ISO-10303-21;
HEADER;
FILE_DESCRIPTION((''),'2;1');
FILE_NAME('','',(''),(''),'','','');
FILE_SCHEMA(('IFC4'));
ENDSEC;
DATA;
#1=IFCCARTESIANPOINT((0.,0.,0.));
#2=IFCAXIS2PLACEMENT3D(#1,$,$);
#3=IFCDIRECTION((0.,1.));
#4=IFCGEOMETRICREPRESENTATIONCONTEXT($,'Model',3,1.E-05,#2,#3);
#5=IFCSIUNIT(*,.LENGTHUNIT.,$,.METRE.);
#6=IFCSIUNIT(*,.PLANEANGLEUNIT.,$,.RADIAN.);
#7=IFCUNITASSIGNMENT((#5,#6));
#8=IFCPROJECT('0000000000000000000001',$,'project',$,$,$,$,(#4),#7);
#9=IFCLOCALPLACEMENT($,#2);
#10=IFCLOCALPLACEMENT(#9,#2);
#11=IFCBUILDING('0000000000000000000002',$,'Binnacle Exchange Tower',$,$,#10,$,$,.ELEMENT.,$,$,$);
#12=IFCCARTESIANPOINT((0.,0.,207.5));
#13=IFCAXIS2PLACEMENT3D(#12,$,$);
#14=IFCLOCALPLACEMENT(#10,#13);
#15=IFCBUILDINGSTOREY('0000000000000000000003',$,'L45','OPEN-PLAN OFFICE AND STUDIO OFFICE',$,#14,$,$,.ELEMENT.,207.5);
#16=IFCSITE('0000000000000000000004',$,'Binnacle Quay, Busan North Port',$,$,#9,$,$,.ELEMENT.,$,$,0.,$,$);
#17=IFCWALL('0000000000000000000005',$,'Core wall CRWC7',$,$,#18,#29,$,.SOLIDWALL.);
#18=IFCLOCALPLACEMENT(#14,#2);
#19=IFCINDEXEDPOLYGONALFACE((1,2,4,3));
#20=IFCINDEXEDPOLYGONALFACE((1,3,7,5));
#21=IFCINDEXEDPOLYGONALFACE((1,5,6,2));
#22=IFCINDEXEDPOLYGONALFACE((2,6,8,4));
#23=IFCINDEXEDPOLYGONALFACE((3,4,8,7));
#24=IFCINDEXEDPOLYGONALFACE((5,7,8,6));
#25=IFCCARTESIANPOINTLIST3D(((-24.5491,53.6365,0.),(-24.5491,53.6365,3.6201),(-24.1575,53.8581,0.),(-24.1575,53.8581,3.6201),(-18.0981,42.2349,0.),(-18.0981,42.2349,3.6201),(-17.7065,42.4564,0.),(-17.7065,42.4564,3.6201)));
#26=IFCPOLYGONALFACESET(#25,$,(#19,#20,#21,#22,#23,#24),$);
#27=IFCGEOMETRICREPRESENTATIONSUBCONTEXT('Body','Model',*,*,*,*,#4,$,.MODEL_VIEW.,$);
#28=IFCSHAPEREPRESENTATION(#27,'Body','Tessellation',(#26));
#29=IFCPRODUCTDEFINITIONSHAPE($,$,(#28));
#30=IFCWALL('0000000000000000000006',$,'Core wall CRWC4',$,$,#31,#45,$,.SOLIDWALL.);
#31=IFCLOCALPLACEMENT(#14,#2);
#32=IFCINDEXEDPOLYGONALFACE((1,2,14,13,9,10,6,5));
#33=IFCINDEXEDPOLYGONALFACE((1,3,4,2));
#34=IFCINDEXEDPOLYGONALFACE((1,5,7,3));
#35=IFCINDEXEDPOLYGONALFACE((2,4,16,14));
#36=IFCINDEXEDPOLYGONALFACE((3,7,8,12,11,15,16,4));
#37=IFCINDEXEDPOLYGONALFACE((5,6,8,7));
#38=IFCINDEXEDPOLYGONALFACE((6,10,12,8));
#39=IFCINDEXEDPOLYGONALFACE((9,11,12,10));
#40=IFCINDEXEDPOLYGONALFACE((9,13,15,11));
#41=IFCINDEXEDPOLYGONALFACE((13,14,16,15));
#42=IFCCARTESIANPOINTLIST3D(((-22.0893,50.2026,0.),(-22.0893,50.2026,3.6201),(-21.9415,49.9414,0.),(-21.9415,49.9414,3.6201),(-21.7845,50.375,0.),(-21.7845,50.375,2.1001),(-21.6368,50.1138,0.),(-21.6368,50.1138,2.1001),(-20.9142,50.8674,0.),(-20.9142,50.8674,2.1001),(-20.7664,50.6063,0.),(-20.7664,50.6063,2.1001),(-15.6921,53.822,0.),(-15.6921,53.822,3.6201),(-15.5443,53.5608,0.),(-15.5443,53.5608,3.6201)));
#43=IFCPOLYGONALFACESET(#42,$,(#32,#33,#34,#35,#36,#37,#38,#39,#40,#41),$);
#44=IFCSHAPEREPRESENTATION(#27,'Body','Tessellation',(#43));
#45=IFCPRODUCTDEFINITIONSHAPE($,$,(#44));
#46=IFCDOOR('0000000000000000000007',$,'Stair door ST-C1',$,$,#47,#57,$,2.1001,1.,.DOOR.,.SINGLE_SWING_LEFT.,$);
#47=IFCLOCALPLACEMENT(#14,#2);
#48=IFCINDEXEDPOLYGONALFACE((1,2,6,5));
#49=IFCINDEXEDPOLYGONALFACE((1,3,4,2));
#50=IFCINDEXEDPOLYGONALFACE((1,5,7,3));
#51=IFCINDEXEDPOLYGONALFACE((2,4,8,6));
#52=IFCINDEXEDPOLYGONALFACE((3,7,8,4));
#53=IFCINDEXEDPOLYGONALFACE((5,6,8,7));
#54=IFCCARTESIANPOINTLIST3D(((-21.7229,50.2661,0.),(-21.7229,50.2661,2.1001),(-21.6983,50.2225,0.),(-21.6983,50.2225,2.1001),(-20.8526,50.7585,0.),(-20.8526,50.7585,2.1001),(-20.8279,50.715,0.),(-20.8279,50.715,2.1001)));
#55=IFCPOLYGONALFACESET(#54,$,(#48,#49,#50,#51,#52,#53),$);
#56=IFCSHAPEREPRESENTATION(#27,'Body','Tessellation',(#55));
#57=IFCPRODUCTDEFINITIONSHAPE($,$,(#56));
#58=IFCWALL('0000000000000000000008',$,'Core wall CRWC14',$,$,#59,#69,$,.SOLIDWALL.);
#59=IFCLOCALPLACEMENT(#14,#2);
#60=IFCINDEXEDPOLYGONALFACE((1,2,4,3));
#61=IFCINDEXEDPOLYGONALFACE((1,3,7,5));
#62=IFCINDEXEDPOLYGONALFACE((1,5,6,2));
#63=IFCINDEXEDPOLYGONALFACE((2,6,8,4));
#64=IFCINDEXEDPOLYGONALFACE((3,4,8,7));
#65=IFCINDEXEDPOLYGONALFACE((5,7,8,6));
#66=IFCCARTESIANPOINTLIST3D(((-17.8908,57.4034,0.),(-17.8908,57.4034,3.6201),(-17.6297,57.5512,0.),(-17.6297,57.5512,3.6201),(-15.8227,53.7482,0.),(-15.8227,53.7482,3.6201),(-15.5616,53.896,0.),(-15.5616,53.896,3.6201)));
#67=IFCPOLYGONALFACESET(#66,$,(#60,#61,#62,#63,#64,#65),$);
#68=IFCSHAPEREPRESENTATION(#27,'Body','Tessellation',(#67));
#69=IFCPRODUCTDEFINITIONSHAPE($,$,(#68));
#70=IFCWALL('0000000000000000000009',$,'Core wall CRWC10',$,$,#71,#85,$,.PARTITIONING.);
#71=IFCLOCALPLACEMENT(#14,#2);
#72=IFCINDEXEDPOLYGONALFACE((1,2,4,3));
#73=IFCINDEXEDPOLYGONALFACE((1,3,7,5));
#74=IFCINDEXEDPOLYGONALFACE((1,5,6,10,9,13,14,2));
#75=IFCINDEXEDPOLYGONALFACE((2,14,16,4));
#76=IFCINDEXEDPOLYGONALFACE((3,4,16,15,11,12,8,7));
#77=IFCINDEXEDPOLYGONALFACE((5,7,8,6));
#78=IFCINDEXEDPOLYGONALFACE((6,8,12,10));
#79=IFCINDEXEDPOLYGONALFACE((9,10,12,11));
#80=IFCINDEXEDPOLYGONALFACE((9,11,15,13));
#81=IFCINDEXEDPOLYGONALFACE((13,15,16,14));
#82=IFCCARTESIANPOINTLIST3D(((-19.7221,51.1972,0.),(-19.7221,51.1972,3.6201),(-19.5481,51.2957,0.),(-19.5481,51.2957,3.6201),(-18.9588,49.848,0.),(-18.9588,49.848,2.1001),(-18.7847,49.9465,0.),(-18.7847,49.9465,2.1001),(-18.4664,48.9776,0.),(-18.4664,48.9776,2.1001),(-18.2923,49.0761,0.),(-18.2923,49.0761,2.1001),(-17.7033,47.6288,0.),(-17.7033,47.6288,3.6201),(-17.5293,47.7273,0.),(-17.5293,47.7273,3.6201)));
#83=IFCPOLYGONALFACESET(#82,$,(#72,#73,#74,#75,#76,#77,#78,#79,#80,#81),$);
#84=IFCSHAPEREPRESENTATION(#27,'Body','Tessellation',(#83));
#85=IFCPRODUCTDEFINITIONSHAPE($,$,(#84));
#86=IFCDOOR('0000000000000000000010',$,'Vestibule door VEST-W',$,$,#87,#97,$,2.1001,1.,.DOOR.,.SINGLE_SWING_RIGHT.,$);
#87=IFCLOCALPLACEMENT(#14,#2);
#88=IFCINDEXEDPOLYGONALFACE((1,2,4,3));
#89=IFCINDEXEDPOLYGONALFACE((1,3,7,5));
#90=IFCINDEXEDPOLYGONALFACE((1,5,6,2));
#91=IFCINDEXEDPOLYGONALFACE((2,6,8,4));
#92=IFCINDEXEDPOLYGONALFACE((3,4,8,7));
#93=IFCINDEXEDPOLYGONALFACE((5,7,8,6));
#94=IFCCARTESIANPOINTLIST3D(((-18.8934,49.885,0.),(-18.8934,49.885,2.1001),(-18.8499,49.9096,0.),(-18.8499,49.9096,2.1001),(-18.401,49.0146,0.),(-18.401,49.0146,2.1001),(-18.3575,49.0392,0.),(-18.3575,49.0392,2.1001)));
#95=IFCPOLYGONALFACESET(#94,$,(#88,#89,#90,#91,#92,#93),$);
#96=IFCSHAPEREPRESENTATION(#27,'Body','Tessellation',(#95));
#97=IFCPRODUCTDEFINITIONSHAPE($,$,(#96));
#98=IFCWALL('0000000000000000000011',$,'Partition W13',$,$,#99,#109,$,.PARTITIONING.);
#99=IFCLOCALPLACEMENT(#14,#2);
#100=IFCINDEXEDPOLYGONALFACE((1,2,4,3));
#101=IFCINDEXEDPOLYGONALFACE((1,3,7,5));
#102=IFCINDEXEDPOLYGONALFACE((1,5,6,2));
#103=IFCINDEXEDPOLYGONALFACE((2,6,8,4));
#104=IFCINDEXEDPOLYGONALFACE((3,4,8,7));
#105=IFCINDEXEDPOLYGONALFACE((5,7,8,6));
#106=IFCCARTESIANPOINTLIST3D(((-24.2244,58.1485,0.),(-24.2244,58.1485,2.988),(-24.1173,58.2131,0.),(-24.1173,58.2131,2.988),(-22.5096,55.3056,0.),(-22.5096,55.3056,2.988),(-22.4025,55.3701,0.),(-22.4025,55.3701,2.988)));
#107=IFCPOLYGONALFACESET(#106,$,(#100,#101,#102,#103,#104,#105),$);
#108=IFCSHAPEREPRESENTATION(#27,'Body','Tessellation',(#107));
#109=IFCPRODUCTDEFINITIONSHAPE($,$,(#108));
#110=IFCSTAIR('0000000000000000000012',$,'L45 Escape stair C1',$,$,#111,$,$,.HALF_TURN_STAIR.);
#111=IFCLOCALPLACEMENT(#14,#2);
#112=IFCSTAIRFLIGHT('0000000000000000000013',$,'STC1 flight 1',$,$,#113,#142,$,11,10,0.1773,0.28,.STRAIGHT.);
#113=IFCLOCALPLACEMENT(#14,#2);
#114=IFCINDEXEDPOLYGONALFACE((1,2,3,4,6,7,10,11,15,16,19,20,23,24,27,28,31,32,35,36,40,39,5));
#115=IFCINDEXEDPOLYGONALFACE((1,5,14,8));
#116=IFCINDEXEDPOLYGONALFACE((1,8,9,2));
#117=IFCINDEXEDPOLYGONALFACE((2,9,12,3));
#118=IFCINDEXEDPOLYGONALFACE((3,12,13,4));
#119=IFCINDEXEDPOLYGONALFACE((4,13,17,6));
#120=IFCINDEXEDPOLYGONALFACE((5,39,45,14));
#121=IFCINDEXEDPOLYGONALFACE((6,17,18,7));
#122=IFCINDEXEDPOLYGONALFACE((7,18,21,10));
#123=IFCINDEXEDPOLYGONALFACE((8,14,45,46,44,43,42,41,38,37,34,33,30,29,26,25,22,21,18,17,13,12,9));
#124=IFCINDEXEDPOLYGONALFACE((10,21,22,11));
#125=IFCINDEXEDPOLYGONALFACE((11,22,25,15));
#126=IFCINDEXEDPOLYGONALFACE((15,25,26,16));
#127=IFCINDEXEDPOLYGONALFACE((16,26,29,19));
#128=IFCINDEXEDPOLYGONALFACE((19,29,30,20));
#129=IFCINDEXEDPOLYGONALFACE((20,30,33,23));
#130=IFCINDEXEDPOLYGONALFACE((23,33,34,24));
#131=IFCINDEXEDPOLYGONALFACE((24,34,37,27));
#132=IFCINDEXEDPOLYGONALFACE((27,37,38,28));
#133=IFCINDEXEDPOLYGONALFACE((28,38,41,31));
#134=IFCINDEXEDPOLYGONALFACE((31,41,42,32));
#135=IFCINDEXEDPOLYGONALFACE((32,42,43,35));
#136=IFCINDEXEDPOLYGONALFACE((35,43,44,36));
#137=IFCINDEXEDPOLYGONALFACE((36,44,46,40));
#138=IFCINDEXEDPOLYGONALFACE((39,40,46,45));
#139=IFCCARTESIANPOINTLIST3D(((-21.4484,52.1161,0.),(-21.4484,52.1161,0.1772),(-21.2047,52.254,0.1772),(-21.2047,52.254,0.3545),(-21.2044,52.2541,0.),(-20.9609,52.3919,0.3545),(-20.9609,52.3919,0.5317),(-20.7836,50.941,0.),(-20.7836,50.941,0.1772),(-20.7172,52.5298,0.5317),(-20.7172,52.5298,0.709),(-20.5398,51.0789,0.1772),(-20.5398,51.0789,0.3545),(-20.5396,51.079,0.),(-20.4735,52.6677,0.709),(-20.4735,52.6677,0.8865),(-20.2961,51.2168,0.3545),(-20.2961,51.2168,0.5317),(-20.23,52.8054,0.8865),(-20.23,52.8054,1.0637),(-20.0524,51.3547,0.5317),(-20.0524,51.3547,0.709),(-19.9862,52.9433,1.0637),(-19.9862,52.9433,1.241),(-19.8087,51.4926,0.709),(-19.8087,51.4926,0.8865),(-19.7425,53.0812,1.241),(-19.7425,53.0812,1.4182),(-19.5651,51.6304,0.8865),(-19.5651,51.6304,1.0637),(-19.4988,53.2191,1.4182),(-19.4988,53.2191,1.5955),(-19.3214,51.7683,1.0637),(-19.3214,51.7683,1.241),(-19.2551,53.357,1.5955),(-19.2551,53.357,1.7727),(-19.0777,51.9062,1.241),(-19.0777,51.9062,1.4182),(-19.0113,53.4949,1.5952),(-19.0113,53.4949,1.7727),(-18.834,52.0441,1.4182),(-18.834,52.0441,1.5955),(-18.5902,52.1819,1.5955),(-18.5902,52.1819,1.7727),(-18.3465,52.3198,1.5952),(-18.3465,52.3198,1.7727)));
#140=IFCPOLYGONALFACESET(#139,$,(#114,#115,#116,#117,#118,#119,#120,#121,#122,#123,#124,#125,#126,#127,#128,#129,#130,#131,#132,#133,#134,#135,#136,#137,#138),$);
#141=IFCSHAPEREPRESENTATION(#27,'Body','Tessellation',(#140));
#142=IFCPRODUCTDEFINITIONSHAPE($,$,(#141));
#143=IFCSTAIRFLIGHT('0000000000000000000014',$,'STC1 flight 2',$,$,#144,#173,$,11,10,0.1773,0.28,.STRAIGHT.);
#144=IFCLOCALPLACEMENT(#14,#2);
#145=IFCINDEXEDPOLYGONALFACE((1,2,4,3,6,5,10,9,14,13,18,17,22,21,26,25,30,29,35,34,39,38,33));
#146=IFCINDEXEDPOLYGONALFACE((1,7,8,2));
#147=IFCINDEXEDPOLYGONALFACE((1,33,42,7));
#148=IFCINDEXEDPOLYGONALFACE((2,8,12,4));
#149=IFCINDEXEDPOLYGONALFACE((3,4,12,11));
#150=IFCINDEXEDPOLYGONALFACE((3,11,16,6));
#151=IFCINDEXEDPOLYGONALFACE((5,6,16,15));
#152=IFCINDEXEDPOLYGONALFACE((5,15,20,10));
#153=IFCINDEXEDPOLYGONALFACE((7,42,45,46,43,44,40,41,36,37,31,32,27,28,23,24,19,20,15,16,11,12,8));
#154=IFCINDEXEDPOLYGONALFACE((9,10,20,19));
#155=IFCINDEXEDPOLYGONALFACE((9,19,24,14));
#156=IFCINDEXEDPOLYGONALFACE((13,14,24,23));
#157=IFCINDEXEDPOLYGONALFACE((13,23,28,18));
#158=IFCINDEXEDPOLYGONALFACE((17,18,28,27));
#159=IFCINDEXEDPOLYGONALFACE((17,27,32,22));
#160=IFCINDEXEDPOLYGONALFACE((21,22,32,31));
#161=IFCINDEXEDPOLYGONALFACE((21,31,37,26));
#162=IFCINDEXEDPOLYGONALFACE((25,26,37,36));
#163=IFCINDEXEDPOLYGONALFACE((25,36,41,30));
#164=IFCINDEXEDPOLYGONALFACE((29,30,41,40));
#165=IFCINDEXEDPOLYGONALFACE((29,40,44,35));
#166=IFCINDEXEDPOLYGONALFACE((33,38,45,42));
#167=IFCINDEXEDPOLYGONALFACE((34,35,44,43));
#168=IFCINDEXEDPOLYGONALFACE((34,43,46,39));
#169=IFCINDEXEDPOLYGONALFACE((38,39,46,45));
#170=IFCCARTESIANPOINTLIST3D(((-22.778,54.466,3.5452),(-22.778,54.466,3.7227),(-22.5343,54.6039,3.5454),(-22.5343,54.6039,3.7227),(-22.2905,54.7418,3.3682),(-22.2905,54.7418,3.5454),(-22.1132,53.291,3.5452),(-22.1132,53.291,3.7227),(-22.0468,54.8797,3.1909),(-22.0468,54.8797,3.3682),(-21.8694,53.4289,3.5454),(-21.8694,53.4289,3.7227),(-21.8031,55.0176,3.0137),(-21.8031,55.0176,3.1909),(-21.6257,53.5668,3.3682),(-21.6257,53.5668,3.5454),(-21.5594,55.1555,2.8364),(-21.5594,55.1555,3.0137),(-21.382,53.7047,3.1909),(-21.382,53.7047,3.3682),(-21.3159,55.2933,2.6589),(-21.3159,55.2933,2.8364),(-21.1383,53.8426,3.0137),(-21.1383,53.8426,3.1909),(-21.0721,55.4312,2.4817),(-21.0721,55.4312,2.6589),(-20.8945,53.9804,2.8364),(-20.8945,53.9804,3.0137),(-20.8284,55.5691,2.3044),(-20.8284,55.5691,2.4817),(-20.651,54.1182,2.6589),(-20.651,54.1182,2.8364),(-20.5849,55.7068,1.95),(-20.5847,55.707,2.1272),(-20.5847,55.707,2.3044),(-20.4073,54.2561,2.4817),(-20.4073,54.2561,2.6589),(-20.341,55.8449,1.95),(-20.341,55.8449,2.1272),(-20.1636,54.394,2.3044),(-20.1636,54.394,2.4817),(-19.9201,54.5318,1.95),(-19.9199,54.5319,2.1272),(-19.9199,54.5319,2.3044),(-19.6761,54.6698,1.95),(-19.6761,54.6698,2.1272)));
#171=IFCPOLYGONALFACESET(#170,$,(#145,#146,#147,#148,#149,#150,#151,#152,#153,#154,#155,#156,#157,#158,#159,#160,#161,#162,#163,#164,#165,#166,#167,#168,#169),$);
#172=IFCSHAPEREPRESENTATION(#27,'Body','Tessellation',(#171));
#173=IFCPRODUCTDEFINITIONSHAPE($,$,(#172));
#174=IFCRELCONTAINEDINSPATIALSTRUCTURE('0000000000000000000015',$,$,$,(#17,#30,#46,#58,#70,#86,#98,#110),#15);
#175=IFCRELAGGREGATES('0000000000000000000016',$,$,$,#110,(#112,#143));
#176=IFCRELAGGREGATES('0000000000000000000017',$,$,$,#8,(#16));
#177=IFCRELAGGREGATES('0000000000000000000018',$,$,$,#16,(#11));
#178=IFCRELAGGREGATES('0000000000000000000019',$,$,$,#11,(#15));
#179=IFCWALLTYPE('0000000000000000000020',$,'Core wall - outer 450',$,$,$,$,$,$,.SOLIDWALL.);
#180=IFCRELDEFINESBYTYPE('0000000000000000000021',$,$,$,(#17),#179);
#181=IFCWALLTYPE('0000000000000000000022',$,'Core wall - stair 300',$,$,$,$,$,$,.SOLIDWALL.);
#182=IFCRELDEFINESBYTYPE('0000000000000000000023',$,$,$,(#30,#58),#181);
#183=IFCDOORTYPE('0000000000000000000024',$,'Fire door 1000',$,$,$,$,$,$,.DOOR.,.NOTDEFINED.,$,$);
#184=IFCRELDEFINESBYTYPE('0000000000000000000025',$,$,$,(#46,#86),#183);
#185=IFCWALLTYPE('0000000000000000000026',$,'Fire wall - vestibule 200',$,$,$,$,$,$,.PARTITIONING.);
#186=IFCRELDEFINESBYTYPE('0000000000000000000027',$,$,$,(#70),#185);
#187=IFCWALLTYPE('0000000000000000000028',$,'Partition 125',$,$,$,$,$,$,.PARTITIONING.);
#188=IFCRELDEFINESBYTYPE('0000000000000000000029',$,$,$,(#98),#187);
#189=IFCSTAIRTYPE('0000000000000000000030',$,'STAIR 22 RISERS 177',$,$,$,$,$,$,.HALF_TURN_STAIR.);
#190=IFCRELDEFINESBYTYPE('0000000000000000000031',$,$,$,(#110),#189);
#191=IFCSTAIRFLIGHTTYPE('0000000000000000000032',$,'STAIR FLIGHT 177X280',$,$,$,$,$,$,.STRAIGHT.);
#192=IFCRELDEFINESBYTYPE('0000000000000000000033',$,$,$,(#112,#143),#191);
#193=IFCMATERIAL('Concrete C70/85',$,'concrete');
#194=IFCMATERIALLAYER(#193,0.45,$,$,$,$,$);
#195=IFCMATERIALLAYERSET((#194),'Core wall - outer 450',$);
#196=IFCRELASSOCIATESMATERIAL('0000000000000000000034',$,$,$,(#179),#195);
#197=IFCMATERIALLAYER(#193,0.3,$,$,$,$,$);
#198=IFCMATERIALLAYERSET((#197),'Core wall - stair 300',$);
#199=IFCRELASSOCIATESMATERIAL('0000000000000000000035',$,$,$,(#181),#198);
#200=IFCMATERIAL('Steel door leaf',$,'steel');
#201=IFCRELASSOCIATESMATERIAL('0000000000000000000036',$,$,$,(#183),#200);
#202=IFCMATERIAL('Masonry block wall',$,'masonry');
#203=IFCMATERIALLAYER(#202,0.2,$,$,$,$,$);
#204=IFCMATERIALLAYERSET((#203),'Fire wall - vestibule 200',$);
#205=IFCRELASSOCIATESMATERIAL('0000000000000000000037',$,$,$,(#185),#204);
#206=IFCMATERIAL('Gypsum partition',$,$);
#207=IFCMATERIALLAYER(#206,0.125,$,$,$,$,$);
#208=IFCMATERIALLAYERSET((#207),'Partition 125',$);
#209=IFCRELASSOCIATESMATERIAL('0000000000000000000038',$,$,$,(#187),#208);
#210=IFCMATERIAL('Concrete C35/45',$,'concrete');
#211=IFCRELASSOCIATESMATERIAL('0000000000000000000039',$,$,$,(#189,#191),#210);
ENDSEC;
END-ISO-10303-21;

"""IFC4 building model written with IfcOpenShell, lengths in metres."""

from ifc_helpers import new_model, si_unit, direction, frame, frame_2d, origin, place, context, subcontext, project, spatial, polyline, rectangle, outline, extrude, material, layer, layer_set, type_object, element, fill, aggregate, save


model = new_model("IFC4")

# Units and contexts
model_context = context("Model", 3, precision=1e-05, world=origin(), true_north=direction((0.0, 1.0)))
body_context = subcontext(model_context, "Body", "Model", "MODEL_VIEW")
ifc_project = project(units=[si_unit("LENGTHUNIT", "METRE"), si_unit("PLANEANGLEUNIT", "RADIAN")], contexts=[model_context])

# Site, building, storey
site_placement = place(None, origin())
site = spatial("IfcSite", under=ifc_project, at=site_placement, Name="Binnacle Quay, Busan North Port", CompositionType="ELEMENT", RefElevation=0.0)
building_placement = place(site_placement, origin())
building = spatial("IfcBuilding", under=site, at=building_placement, Name="Binnacle Exchange Tower", CompositionType="ELEMENT")
storey_placement = place(building_placement, frame((0.0, 0.0, 207.5)))
storey = spatial("IfcBuildingStorey", under=building, at=storey_placement, Name="L45", Description="OPEN-PLAN OFFICE AND STUDIO OFFICE", CompositionType="ELEMENT", Elevation=207.5)

# Wall
ifc_material_1 = material(Name="Concrete C70/85", Category="concrete")
ifc_layer_1 = layer(ifc_material_1, 0.45)
ifc_layer_set_1 = layer_set([ifc_layer_1], Name="Core wall - outer 450")
wall_type_1 = type_object("IfcWallType", Name="Core wall - outer 450", PredefinedType="SOLIDWALL", material=ifc_layer_set_1)
wall_1_placement = place(storey_placement, frame((-24.3533, 53.7473, 0.0), z_axis=(0.0, 0.0, 1.0), x_axis=(0.492435, -0.870349, 0.0)))
element("IfcWall", 1, at=wall_1_placement, inside=storey, type_object=wall_type_1, Name="Core wall CRWC7", PredefinedType="SOLIDWALL", context=body_context, shape_type="SweptSolid", body=[
    extrude(rectangle(XDim=13.1001, YDim=0.45, at=frame_2d((6.55, 0.0))), origin(), (0.0, 0.0, 1.0), 3.6201),
])

# Wall, opening, door
ifc_layer_2 = layer(ifc_material_1, 0.3)
ifc_layer_set_2 = layer_set([ifc_layer_2], Name="Core wall - stair 300")
wall_type_2 = type_object("IfcWallType", Name="Core wall - stair 300", PredefinedType="SOLIDWALL", material=ifc_layer_set_2)
wall_2_placement = place(storey_placement, frame((-22.0154, 50.072, 0.0), z_axis=(0.0, 0.0, 1.0), x_axis=(0.870355, 0.492425, 0.0)))
wall_2 = element("IfcWall", 2, at=wall_2_placement, inside=storey, type_object=wall_type_2, Name="Core wall CRWC4", PredefinedType="SOLIDWALL", context=body_context, shape_type="SweptSolid", body=[
    extrude(rectangle(XDim=7.3501, YDim=0.3, at=frame_2d((3.675, 0.0))), origin(), (0.0, 0.0, 1.0), 3.6201),
])
opening_1_placement = place(wall_2_placement, frame((0.3501, 0.0, 0.0)))
opening_1 = element("IfcOpeningElement", 3, at=opening_1_placement, cuts=wall_2, PredefinedType="OPENING", context=body_context, shape_type="SweptSolid", body=[
    extrude(rectangle(XDim=1.0, YDim=2.1001, at=frame_2d((0.5, 1.05))), frame((0.0, 0.1599, 0.0), z_axis=(0.0, -1.0, 0.0), x_axis=(1.0, 0.0, 0.0)), (0.0, 0.0, 1.0), 0.3201),
])
ifc_material_2 = material(Name="Steel door leaf", Category="steel")
door_type = type_object("IfcDoorType", Name="Fire door 1000", OperationType="NOTDEFINED", PredefinedType="DOOR", material=ifc_material_2)
door_1_placement = place(opening_1_placement, origin())
door_1 = element("IfcDoor", 4, at=door_1_placement, inside=storey, type_object=door_type, Name="Stair door ST-C1", OperationType="SINGLE_SWING_LEFT", OverallHeight=2.1001, OverallWidth=1.0, PredefinedType="DOOR", context=body_context, shape_type="SweptSolid", body=[
    extrude(rectangle(XDim=1.0, YDim=2.1001, at=frame_2d((0.5, 1.05))), frame((0.0, 0.0249, 0.0), z_axis=(0.0, -1.0, 0.0), x_axis=(1.0, 0.0, 0.0)), (0.0, 0.0, 1.0), 0.05),
])
fill(opening_1, door_1)

# Wall
wall_3_placement = place(storey_placement, frame((-17.7603, 57.4773, 0.0), z_axis=(0.0, 0.0, 1.0), x_axis=(0.492435, -0.870349, 0.0)))
element("IfcWall", 5, at=wall_3_placement, inside=storey, type_object=wall_type_2, Name="Core wall CRWC14", PredefinedType="SOLIDWALL", context=body_context, shape_type="SweptSolid", body=[
    extrude(rectangle(XDim=4.1997, YDim=0.3, at=frame_2d((2.0999, 0.0))), origin(), (0.0, 0.0, 1.0), 3.6201),
])

# Wall, opening, door
ifc_material_3 = material(Name="Masonry block wall", Category="masonry")
ifc_layer_3 = layer(ifc_material_3, 0.2)
ifc_layer_set_3 = layer_set([ifc_layer_3], Name="Fire wall - vestibule 200")
wall_type_3 = type_object("IfcWallType", Name="Fire wall - vestibule 200", PredefinedType="PARTITIONING", material=ifc_layer_set_3)
wall_4_placement = place(storey_placement, frame((-19.635, 51.2463, 0.0), z_axis=(0.0, 0.0, 1.0), x_axis=(0.492408, -0.870364, 0.0)))
wall_4 = element("IfcWall", 6, at=wall_4_placement, inside=storey, type_object=wall_type_3, Name="Core wall CRWC10", PredefinedType="PARTITIONING", context=body_context, shape_type="SweptSolid", body=[
    extrude(rectangle(XDim=4.0999, YDim=0.2, at=frame_2d((2.0498, 0.0))), origin(), (0.0, 0.0, 1.0), 3.6201),
])
opening_2_placement = place(wall_4_placement, frame((1.55, 0.0, 0.0)))
opening_2 = element("IfcOpeningElement", 7, at=opening_2_placement, cuts=wall_4, PredefinedType="OPENING", context=body_context, shape_type="SweptSolid", body=[
    extrude(rectangle(XDim=1.0, YDim=2.1001, at=frame_2d((0.5, 1.05))), frame((0.0, 0.1099, 0.0), z_axis=(0.0, -1.0, 0.0), x_axis=(1.0, 0.0, 0.0)), (0.0, 0.0, 1.0), 0.22),
])
door_2_placement = place(opening_2_placement, frame((1.0, 0.0, 0.0), z_axis=(0.0, 0.0, 1.0), x_axis=(-1.0, 0.0, 0.0)))
door_2 = element("IfcDoor", 8, at=door_2_placement, inside=storey, type_object=door_type, Name="Vestibule door VEST-W", OperationType="SINGLE_SWING_RIGHT", OverallHeight=2.1001, OverallWidth=1.0, PredefinedType="DOOR", context=body_context, shape_type="SweptSolid", body=[
    extrude(rectangle(XDim=1.0, YDim=2.1001, at=frame_2d((0.5, 1.05))), frame((0.0, 0.0249, 0.0), z_axis=(0.0, -1.0, 0.0), x_axis=(1.0, 0.0, 0.0)), (0.0, 0.0, 1.0), 0.05),
])
fill(opening_2, door_2)

# Wall
ifc_material_4 = material(Name="Gypsum partition")
ifc_layer_4 = layer(ifc_material_4, 0.125)
ifc_layer_set_4 = layer_set([ifc_layer_4], Name="Partition 125")
wall_type_4 = type_object("IfcWallType", Name="Partition 125", PredefinedType="PARTITIONING", material=ifc_layer_set_4)
wall_5_placement = place(storey_placement, frame((-24.1709, 58.1809, 0.0), z_axis=(0.0, 0.0, 1.0), x_axis=(0.516495, -0.85629, 0.0)))
element("IfcWall", 9, at=wall_5_placement, inside=storey, type_object=wall_type_4, Name="Partition W13", PredefinedType="PARTITIONING", context=body_context, shape_type="SweptSolid", body=[
    extrude(rectangle(XDim=3.3201, YDim=0.125, at=frame_2d((1.6602, 0.0))), origin(), (0.0, 0.0, 1.0), 2.988),
])

# Stair, stair flights
ifc_material_5 = material(Name="Concrete C35/45", Category="concrete")
stair_type = type_object("IfcStairType", Name="STAIR 22 RISERS 177", PredefinedType="HALF_TURN_STAIR", material=ifc_material_5)
stair_placement = place(storey_placement, origin())
stair = element("IfcStair", 10, at=stair_placement, inside=storey, type_object=stair_type, Name="L45 Escape stair C1", PredefinedType="HALF_TURN_STAIR")
stair_flight_type = type_object("IfcStairFlightType", Name="STAIR FLIGHT 177X280", PredefinedType="STRAIGHT", material=ifc_material_5)
stair_flight_1_placement = place(storey_placement, frame((-21.116, 51.5286, 0.0), z_axis=(0.0, 0.0, 1.0), x_axis=(0.870356, 0.492424, 0.0)))
stair_flight_1 = element("IfcStairFlight", 11, at=stair_flight_1_placement, type_object=stair_flight_type, Name="STC1 flight 1", NumberOfRisers=11, NumberOfTreads=10, PredefinedType="STRAIGHT", RiserHeight=0.1773, TreadLength=0.28, context=body_context, shape_type="SweptSolid", body=[
    extrude(outline(polyline([(0.0, 0.0), (0.0, 0.1772), (0.28, 0.1772), (0.28, 0.3545), (0.5601, 0.3545), (0.5601, 0.5317), (0.8401, 0.5317), (0.8401, 0.709), (1.1201, 0.709), (1.1201, 0.8865), (1.3999, 0.8865), (1.3999, 1.0637), (1.6799, 1.0637), (1.6799, 1.241), (1.96, 1.241), (1.96, 1.4182), (2.24, 1.4182), (2.24, 1.5955), (2.52, 1.5955), (2.52, 1.7727), (2.8, 1.7727), (2.8, 1.95), (2.8, 1.5952), (0.2803, 0.0), (0.0, 0.0)])), frame((0.0, 0.675, 0.0), z_axis=(0.0, -1.0, 0.0), x_axis=(1.0, 0.0, 0.0)), (0.0, 0.0, 1.0), 1.3501),
])
stair_flight_2_placement = place(storey_placement, frame((-20.0085, 55.2573, 1.95), z_axis=(0.0, 0.0, 1.0), x_axis=(-0.870356, -0.492424, 0.0)))
stair_flight_2 = element("IfcStairFlight", 12, at=stair_flight_2_placement, type_object=stair_flight_type, Name="STC1 flight 2", NumberOfRisers=11, NumberOfTreads=10, PredefinedType="STRAIGHT", RiserHeight=0.1773, TreadLength=0.28, context=body_context, shape_type="SweptSolid", body=[
    extrude(outline(polyline([(0.0, 0.0), (0.0, 0.1772), (0.28, 0.1772), (0.28, 0.3545), (0.5601, 0.3545), (0.5601, 0.5317), (0.8401, 0.5317), (0.8401, 0.709), (1.1201, 0.709), (1.1201, 0.8865), (1.3999, 0.8865), (1.3999, 1.0637), (1.6799, 1.0637), (1.6799, 1.241), (1.96, 1.241), (1.96, 1.4182), (2.24, 1.4182), (2.24, 1.5955), (2.52, 1.5955), (2.52, 1.7727), (2.8, 1.7727), (2.8, 1.95), (2.8, 1.5952), (0.2803, 0.0), (0.0, 0.0)])), frame((0.0, 0.675, 0.0), z_axis=(0.0, -1.0, 0.0), x_axis=(1.0, 0.0, 0.0)), (0.0, 0.0, 1.0), 1.3501),
])
aggregate(stair, [stair_flight_1, stair_flight_2])

save(model, "model.ifc")
